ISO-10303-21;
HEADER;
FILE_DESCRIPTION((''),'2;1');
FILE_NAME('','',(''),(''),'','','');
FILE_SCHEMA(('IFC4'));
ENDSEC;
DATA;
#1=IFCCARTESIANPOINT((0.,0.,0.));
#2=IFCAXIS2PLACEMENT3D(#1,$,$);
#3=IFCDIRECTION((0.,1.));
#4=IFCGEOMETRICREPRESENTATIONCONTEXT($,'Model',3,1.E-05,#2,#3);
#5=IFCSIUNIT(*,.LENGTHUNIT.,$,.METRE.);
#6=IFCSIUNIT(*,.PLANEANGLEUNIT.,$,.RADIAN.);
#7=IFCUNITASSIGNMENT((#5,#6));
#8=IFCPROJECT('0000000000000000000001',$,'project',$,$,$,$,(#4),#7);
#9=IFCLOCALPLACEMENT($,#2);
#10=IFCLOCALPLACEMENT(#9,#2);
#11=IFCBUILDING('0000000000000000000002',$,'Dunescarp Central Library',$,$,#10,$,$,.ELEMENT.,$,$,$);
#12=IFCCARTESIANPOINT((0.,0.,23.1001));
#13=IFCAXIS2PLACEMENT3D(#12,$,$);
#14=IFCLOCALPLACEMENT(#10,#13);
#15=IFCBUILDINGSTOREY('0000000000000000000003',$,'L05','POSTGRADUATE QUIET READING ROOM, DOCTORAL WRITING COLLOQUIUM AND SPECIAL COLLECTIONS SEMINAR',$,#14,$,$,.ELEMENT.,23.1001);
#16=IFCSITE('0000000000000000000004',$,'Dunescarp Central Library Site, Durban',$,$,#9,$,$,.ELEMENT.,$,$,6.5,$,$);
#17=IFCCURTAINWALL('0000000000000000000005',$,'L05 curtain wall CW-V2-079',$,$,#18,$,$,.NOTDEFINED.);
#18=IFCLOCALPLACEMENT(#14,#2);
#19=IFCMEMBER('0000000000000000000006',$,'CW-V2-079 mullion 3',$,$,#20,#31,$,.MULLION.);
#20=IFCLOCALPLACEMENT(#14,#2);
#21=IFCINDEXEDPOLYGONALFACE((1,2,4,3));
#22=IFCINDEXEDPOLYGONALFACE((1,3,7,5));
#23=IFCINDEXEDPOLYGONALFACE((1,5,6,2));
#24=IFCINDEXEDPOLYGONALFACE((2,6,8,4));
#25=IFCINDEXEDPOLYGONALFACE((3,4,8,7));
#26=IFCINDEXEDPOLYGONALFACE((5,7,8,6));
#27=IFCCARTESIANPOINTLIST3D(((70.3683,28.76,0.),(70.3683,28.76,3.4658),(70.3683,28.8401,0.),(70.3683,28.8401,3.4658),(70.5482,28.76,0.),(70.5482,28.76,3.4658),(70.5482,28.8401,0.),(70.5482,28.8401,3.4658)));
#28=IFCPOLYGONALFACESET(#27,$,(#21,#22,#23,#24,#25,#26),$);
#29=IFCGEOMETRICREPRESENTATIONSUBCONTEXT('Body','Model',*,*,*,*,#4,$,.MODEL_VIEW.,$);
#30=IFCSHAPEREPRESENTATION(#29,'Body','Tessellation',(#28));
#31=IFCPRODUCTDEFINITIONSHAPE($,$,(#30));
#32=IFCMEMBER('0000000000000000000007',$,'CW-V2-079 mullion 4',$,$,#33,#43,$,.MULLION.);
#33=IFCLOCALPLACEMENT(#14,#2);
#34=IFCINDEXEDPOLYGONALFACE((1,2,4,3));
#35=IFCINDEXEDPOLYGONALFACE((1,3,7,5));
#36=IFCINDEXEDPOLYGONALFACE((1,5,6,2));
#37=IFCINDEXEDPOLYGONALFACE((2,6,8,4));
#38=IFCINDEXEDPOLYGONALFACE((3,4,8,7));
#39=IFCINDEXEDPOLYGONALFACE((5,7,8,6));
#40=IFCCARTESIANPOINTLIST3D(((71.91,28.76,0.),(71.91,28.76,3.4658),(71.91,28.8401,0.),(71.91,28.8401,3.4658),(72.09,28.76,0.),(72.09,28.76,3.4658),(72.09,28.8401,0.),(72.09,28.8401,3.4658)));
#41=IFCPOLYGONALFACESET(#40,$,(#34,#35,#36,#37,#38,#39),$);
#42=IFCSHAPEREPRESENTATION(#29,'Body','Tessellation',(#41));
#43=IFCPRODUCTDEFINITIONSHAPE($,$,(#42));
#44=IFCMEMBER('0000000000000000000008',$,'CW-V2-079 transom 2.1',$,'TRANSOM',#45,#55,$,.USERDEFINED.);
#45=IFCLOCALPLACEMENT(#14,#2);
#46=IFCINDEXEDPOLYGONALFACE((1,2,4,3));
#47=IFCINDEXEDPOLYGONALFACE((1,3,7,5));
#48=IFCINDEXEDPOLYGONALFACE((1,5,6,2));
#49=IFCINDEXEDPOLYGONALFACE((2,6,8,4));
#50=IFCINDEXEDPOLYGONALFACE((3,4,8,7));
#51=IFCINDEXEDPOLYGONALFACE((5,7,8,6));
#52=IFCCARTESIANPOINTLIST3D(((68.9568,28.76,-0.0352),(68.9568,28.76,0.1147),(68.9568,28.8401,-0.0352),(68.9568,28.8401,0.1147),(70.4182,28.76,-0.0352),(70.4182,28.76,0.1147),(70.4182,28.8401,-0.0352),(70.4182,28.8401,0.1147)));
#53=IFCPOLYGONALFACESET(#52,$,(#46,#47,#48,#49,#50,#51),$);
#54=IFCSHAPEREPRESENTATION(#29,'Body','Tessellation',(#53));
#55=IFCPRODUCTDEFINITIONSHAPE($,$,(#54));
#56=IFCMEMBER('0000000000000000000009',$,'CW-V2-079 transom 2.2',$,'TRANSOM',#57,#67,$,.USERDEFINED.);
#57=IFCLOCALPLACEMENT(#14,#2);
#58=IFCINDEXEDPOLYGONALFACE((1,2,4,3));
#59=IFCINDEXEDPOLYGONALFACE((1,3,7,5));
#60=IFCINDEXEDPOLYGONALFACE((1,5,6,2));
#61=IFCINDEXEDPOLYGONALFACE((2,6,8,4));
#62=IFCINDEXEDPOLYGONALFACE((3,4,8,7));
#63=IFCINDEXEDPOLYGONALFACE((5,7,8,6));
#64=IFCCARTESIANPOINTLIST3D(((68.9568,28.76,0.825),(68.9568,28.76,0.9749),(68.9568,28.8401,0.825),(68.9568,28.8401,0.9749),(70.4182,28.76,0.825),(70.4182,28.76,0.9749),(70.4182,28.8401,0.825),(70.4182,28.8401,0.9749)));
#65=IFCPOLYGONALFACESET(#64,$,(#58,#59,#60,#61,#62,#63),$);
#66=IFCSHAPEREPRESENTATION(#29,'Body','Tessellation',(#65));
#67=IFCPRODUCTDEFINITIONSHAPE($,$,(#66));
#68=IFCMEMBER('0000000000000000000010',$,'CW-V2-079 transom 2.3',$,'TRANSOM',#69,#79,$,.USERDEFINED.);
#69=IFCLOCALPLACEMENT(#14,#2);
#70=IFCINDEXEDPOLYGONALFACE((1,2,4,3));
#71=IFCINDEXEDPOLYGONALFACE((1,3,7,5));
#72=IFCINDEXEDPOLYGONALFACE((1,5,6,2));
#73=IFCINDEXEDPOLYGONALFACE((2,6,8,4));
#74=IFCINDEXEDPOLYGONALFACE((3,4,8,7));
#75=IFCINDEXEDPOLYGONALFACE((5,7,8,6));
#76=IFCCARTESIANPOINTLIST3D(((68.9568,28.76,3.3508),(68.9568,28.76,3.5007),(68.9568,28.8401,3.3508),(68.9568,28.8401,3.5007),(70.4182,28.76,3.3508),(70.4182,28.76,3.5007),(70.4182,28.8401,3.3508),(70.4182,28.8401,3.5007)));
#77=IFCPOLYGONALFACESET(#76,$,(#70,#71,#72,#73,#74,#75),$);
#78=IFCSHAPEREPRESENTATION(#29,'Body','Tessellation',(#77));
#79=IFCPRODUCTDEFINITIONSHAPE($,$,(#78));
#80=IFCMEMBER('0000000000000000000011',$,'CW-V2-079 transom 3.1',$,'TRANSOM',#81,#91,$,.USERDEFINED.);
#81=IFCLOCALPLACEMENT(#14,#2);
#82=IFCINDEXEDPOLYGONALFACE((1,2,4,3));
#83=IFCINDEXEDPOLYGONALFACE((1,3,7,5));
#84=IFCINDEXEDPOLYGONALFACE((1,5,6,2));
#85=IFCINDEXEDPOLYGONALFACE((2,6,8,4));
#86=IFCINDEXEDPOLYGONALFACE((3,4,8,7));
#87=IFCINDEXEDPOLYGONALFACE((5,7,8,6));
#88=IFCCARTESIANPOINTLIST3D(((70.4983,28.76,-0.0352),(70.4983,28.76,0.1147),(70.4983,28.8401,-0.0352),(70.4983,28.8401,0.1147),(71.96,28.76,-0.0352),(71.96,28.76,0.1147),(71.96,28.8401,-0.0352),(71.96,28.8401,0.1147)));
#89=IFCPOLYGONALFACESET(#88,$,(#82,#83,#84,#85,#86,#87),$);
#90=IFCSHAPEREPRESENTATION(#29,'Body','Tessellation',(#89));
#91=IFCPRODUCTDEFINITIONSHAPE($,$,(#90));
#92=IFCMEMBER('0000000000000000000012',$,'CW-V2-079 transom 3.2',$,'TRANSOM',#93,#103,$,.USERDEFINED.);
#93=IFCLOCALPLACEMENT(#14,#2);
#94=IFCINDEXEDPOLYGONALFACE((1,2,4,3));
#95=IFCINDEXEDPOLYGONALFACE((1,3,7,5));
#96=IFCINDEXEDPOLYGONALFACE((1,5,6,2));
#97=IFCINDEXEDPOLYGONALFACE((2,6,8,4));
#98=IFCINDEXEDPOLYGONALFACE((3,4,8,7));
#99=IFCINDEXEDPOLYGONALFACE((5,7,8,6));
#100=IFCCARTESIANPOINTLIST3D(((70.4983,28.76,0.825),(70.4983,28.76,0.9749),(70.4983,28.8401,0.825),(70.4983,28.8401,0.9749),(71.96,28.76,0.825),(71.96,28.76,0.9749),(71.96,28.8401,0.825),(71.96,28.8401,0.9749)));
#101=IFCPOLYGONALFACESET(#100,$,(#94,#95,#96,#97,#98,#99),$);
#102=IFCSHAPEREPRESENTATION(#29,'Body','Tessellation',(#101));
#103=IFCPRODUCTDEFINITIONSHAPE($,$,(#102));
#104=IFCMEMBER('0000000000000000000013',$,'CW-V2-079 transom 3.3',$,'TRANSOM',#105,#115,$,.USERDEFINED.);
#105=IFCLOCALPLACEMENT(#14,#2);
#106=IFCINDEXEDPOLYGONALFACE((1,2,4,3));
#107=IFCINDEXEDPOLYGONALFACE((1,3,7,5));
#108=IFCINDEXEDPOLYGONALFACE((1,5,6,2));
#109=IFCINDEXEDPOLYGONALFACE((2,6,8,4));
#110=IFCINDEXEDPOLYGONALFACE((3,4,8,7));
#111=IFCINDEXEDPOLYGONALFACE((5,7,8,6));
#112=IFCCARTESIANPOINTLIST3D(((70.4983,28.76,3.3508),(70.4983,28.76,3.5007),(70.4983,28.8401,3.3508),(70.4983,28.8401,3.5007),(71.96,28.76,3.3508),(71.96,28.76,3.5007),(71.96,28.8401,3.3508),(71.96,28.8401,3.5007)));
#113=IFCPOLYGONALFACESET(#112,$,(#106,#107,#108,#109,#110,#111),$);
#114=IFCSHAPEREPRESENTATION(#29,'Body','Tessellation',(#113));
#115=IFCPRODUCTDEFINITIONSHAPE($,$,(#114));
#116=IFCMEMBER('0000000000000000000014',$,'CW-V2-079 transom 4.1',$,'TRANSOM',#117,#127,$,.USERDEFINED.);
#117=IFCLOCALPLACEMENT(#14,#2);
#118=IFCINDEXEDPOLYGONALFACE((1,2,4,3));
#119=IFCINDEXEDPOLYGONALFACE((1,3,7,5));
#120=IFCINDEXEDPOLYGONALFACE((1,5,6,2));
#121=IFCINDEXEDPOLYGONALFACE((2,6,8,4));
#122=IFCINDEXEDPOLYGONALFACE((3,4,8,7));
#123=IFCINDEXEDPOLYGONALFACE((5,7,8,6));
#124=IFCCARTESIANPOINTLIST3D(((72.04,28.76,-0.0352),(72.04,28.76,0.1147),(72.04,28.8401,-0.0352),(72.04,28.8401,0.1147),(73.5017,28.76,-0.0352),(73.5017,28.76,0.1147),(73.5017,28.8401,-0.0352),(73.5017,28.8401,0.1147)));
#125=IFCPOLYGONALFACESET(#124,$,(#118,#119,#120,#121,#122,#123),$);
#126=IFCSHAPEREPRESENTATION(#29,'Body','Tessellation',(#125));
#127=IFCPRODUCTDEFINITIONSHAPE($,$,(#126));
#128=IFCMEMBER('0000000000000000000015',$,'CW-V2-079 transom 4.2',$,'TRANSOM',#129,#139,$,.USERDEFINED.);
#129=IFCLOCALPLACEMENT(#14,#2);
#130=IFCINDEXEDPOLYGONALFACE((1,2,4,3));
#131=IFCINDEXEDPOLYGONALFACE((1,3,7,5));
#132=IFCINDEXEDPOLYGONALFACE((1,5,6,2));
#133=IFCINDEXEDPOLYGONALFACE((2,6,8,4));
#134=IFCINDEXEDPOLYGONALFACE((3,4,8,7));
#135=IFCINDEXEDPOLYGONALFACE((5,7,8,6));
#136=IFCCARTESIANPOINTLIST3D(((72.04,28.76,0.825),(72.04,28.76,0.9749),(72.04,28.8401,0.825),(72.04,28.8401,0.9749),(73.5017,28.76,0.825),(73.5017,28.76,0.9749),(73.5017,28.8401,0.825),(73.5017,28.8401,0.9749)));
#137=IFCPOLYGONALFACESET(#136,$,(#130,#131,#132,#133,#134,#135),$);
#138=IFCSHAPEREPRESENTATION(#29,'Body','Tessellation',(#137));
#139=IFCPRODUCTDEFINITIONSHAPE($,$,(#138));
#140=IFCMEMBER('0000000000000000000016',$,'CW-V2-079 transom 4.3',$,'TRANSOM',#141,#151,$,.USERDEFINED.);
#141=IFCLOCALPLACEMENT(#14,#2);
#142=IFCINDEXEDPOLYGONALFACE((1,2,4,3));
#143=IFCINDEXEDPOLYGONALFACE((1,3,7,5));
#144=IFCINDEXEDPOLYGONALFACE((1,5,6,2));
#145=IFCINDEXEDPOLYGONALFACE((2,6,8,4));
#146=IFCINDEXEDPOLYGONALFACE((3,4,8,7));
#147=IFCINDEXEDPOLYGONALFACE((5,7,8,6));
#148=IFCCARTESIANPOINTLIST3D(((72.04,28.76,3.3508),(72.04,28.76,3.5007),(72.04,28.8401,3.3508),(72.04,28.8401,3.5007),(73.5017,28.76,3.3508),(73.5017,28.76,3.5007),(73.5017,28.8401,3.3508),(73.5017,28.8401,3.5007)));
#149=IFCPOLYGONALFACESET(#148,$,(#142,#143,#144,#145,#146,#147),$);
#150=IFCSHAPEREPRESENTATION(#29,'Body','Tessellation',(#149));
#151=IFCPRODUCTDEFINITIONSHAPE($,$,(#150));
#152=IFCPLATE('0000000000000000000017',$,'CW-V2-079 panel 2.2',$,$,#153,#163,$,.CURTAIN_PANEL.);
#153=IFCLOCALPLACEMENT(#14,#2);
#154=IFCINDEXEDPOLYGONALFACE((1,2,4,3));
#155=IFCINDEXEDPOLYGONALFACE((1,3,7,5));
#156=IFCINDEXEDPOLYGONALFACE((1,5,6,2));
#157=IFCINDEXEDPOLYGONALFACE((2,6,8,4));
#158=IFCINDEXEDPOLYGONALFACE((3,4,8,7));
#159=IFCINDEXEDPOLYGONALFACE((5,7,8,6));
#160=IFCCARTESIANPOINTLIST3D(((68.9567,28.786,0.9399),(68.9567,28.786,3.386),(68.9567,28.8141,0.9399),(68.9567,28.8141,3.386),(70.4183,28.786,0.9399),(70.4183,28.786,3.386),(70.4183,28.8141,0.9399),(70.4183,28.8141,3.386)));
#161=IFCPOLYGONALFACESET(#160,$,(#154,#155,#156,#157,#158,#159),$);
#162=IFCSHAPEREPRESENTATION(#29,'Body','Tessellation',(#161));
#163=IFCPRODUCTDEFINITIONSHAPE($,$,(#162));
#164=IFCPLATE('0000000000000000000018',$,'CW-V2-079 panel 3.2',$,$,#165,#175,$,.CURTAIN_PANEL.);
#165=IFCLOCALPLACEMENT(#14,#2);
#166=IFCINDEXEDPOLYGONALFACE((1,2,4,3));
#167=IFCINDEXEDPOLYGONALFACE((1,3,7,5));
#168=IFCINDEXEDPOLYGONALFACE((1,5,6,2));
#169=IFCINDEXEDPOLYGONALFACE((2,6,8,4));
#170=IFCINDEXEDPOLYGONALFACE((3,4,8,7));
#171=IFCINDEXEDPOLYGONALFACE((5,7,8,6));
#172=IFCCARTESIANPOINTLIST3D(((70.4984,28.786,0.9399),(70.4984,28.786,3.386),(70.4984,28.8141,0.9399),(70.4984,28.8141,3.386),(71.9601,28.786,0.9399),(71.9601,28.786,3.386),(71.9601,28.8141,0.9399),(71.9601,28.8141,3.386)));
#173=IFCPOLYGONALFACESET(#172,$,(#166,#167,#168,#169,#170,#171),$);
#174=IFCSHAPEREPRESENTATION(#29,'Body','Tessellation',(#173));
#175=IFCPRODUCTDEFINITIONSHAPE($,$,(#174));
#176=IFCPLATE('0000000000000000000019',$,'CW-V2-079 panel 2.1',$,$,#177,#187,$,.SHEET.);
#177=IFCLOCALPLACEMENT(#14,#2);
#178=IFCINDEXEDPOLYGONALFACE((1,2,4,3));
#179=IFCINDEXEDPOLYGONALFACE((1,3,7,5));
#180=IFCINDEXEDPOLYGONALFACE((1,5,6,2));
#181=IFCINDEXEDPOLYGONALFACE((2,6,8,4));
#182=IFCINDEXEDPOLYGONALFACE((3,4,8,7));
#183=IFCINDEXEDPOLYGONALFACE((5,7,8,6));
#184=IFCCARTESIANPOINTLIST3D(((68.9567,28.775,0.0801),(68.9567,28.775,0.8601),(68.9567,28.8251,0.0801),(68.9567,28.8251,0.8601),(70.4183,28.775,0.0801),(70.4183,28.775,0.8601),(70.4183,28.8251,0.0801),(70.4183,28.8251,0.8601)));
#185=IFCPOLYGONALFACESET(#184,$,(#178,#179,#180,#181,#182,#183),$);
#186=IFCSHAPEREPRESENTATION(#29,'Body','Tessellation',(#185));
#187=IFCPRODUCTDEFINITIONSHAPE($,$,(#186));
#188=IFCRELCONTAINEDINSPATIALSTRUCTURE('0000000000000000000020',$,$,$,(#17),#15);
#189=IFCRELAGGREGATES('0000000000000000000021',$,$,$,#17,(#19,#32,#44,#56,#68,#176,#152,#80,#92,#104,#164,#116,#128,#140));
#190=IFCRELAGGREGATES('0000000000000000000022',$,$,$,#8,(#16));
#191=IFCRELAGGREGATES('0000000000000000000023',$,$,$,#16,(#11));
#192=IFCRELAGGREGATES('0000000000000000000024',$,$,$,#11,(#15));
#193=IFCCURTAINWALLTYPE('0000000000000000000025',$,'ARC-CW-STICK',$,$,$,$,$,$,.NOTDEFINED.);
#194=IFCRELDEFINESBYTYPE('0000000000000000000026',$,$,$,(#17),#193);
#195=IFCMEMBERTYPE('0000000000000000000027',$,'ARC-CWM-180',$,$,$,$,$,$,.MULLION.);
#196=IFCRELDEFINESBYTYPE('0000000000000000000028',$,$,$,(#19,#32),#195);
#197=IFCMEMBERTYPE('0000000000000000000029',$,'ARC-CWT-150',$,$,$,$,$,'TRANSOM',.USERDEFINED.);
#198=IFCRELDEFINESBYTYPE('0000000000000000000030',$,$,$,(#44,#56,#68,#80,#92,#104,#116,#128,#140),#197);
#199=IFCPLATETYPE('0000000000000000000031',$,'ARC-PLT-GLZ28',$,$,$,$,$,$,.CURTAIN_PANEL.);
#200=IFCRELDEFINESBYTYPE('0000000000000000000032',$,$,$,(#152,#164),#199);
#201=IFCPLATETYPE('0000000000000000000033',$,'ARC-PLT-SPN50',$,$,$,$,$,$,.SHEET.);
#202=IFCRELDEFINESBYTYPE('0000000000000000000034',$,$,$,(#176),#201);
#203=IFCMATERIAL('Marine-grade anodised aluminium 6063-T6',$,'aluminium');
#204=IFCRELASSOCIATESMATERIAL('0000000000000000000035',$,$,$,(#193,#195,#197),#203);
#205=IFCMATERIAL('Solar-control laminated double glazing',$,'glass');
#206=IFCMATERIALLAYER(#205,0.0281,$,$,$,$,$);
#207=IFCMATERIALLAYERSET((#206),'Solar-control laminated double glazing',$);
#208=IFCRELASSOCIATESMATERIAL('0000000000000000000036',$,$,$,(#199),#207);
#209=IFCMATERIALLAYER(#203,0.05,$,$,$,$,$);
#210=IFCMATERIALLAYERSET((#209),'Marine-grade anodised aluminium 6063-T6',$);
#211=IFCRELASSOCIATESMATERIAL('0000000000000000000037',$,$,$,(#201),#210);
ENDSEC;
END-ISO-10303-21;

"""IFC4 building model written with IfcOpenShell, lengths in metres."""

from ifc_helpers import new_model, si_unit, direction, frame, origin, origin_2d, place, context, subcontext, project, spatial, rectangle, extrude, material, layer, layer_set, material_profile, profile_set, type_object, element, aggregate, save


model = new_model("IFC4")

# Units and contexts
model_context = context("Model", 3, precision=1e-05, world=origin(), true_north=direction((0.0, 1.0)))
body_context = subcontext(model_context, "Body", "Model", "MODEL_VIEW")
ifc_project = project(units=[si_unit("LENGTHUNIT", "METRE"), si_unit("PLANEANGLEUNIT", "RADIAN")], contexts=[model_context])

# Site, building, storey
site_placement = place(None, origin())
site = spatial("IfcSite", under=ifc_project, at=site_placement, Name="Dunescarp Central Library Site, Durban", CompositionType="ELEMENT", RefElevation=6.5)
building_placement = place(site_placement, origin())
building = spatial("IfcBuilding", under=site, at=building_placement, Name="Dunescarp Central Library", CompositionType="ELEMENT")
storey_placement = place(building_placement, frame((0.0, 0.0, 23.1001)))
storey = spatial("IfcBuildingStorey", under=building, at=storey_placement, Name="L05", Description="POSTGRADUATE QUIET READING ROOM, DOCTORAL WRITING COLLOQUIUM AND SPECIAL COLLECTIONS SEMINAR", CompositionType="ELEMENT", Elevation=23.1001)

# Curtain wall, members, plates
ifc_material_1 = material(Name="Marine-grade anodised aluminium 6063-T6", Category="aluminium")
curtain_wall_type = type_object("IfcCurtainWallType", Name="ARC-CW-STICK", PredefinedType="NOTDEFINED", material=ifc_material_1)
curtain_wall_placement = place(storey_placement, origin())
curtain_wall = element("IfcCurtainWall", 1, at=curtain_wall_placement, inside=storey, type_object=curtain_wall_type, Name="L05 curtain wall CW-V2-079", PredefinedType="NOTDEFINED")
ifc_material_profile_1 = material_profile(ifc_material_1, rectangle(XDim=0.0801, YDim=0.1799, at=origin_2d()), Name="AL 80x180")
ifc_profile_set_1 = profile_set([ifc_material_profile_1], Name="Marine-grade anodised aluminium 6063-T6")
member_type_1 = type_object("IfcMemberType", Name="ARC-CWM-180", PredefinedType="MULLION", material=ifc_profile_set_1)
member_1_placement = place(storey_placement, frame((70.4583, 28.8, 0.0), z_axis=(0.0, 0.0, 1.0), x_axis=(0.0, 1.0, 0.0)))
member_1 = element("IfcMember", 2, at=member_1_placement, type_object=member_type_1, Name="CW-V2-079 mullion 3", PredefinedType="MULLION", context=body_context, shape_type="SweptSolid", body=[
    extrude(rectangle(XDim=0.0801, YDim=0.1799, at=origin_2d()), origin(), (0.0, 0.0, 1.0), 3.4658),
])
member_2_placement = place(storey_placement, frame((72.0, 28.8, 0.0), z_axis=(0.0, 0.0, 1.0), x_axis=(0.0, 1.0, 0.0)))
member_2 = element("IfcMember", 3, at=member_2_placement, type_object=member_type_1, Name="CW-V2-079 mullion 4", PredefinedType="MULLION", context=body_context, shape_type="SweptSolid", body=[
    extrude(rectangle(XDim=0.0801, YDim=0.1799, at=origin_2d()), origin(), (0.0, 0.0, 1.0), 3.4658),
])
ifc_material_profile_2 = material_profile(ifc_material_1, rectangle(XDim=0.0801, YDim=0.1499, at=origin_2d()), Name="AL 80x150")
ifc_profile_set_2 = profile_set([ifc_material_profile_2], Name="Marine-grade anodised aluminium 6063-T6")
member_type_2 = type_object("IfcMemberType", Name="ARC-CWT-150", ElementType="TRANSOM", PredefinedType="USERDEFINED", material=ifc_profile_set_2)
member_3_placement = place(storey_placement, frame((68.9568, 28.8, 0.0398), z_axis=(1.0, 0.0, 0.0), x_axis=(0.0, 1.0, 0.0)))
member_3 = element("IfcMember", 4, at=member_3_placement, type_object=member_type_2, Name="CW-V2-079 transom 2.1", ObjectType="TRANSOM", PredefinedType="USERDEFINED", context=body_context, shape_type="SweptSolid", body=[
    extrude(rectangle(XDim=0.0801, YDim=0.1499, at=origin_2d()), origin(), (0.0, 0.0, 1.0), 1.4614),
])
member_4_placement = place(storey_placement, frame((68.9568, 28.8, 0.8999), z_axis=(1.0, 0.0, 0.0), x_axis=(0.0, 1.0, 0.0)))
member_4 = element("IfcMember", 5, at=member_4_placement, type_object=member_type_2, Name="CW-V2-079 transom 2.2", ObjectType="TRANSOM", PredefinedType="USERDEFINED", context=body_context, shape_type="SweptSolid", body=[
    extrude(rectangle(XDim=0.0801, YDim=0.1499, at=origin_2d()), origin(), (0.0, 0.0, 1.0), 1.4614),
])
member_5_placement = place(storey_placement, frame((68.9568, 28.8, 3.4258), z_axis=(1.0, 0.0, 0.0), x_axis=(0.0, 1.0, 0.0)))
member_5 = element("IfcMember", 6, at=member_5_placement, type_object=member_type_2, Name="CW-V2-079 transom 2.3", ObjectType="TRANSOM", PredefinedType="USERDEFINED", context=body_context, shape_type="SweptSolid", body=[
    extrude(rectangle(XDim=0.0801, YDim=0.1499, at=origin_2d()), origin(), (0.0, 0.0, 1.0), 1.4614),
])
member_6_placement = place(storey_placement, frame((70.4983, 28.8, 0.0398), z_axis=(1.0, 0.0, 0.0), x_axis=(0.0, 1.0, 0.0)))
member_6 = element("IfcMember", 7, at=member_6_placement, type_object=member_type_2, Name="CW-V2-079 transom 3.1", ObjectType="TRANSOM", PredefinedType="USERDEFINED", context=body_context, shape_type="SweptSolid", body=[
    extrude(rectangle(XDim=0.0801, YDim=0.1499, at=origin_2d()), origin(), (0.0, 0.0, 1.0), 1.4617),
])
member_7_placement = place(storey_placement, frame((70.4983, 28.8, 0.8999), z_axis=(1.0, 0.0, 0.0), x_axis=(0.0, 1.0, 0.0)))
member_7 = element("IfcMember", 8, at=member_7_placement, type_object=member_type_2, Name="CW-V2-079 transom 3.2", ObjectType="TRANSOM", PredefinedType="USERDEFINED", context=body_context, shape_type="SweptSolid", body=[
    extrude(rectangle(XDim=0.0801, YDim=0.1499, at=origin_2d()), origin(), (0.0, 0.0, 1.0), 1.4617),
])
member_8_placement = place(storey_placement, frame((70.4983, 28.8, 3.4258), z_axis=(1.0, 0.0, 0.0), x_axis=(0.0, 1.0, 0.0)))
member_8 = element("IfcMember", 9, at=member_8_placement, type_object=member_type_2, Name="CW-V2-079 transom 3.3", ObjectType="TRANSOM", PredefinedType="USERDEFINED", context=body_context, shape_type="SweptSolid", body=[
    extrude(rectangle(XDim=0.0801, YDim=0.1499, at=origin_2d()), origin(), (0.0, 0.0, 1.0), 1.4617),
])
member_9_placement = place(storey_placement, frame((72.04, 28.8, 0.0398), z_axis=(1.0, 0.0, 0.0), x_axis=(0.0, 1.0, 0.0)))
member_9 = element("IfcMember", 10, at=member_9_placement, type_object=member_type_2, Name="CW-V2-079 transom 4.1", ObjectType="TRANSOM", PredefinedType="USERDEFINED", context=body_context, shape_type="SweptSolid", body=[
    extrude(rectangle(XDim=0.0801, YDim=0.1499, at=origin_2d()), origin(), (0.0, 0.0, 1.0), 1.4617),
])
member_10_placement = place(storey_placement, frame((72.04, 28.8, 0.8999), z_axis=(1.0, 0.0, 0.0), x_axis=(0.0, 1.0, 0.0)))
member_10 = element("IfcMember", 11, at=member_10_placement, type_object=member_type_2, Name="CW-V2-079 transom 4.2", ObjectType="TRANSOM", PredefinedType="USERDEFINED", context=body_context, shape_type="SweptSolid", body=[
    extrude(rectangle(XDim=0.0801, YDim=0.1499, at=origin_2d()), origin(), (0.0, 0.0, 1.0), 1.4617),
])
member_11_placement = place(storey_placement, frame((72.04, 28.8, 3.4258), z_axis=(1.0, 0.0, 0.0), x_axis=(0.0, 1.0, 0.0)))
member_11 = element("IfcMember", 12, at=member_11_placement, type_object=member_type_2, Name="CW-V2-079 transom 4.3", ObjectType="TRANSOM", PredefinedType="USERDEFINED", context=body_context, shape_type="SweptSolid", body=[
    extrude(rectangle(XDim=0.0801, YDim=0.1499, at=origin_2d()), origin(), (0.0, 0.0, 1.0), 1.4617),
])
ifc_material_2 = material(Name="Solar-control laminated double glazing", Category="glass")
ifc_layer_1 = layer(ifc_material_2, 0.0281)
ifc_layer_set_1 = layer_set([ifc_layer_1], Name="Solar-control laminated double glazing")
plate_type_1 = type_object("IfcPlateType", Name="ARC-PLT-GLZ28", PredefinedType="CURTAIN_PANEL", material=ifc_layer_set_1)
plate_1_placement = place(storey_placement, frame((69.6875, 28.8, 0.9399), z_axis=(0.0, 0.0, 1.0), x_axis=(1.0, 0.0, 0.0)))
plate_1 = element("IfcPlate", 13, at=plate_1_placement, type_object=plate_type_1, Name="CW-V2-079 panel 2.2", PredefinedType="CURTAIN_PANEL", context=body_context, shape_type="SweptSolid", body=[
    extrude(rectangle(XDim=1.4617, YDim=0.0281, at=origin_2d()), origin(), (0.0, 0.0, 1.0), 2.446),
])
plate_2_placement = place(storey_placement, frame((71.2292, 28.8, 0.9399), z_axis=(0.0, 0.0, 1.0), x_axis=(1.0, 0.0, 0.0)))
plate_2 = element("IfcPlate", 14, at=plate_2_placement, type_object=plate_type_1, Name="CW-V2-079 panel 3.2", PredefinedType="CURTAIN_PANEL", context=body_context, shape_type="SweptSolid", body=[
    extrude(rectangle(XDim=1.4617, YDim=0.0281, at=origin_2d()), origin(), (0.0, 0.0, 1.0), 2.446),
])
ifc_layer_2 = layer(ifc_material_1, 0.05)
ifc_layer_set_2 = layer_set([ifc_layer_2], Name="Marine-grade anodised aluminium 6063-T6")
plate_type_2 = type_object("IfcPlateType", Name="ARC-PLT-SPN50", PredefinedType="SHEET", material=ifc_layer_set_2)
plate_3_placement = place(storey_placement, frame((69.6875, 28.8, 0.0801), z_axis=(0.0, 0.0, 1.0), x_axis=(1.0, 0.0, 0.0)))
plate_3 = element("IfcPlate", 15, at=plate_3_placement, type_object=plate_type_2, Name="CW-V2-079 panel 2.1", PredefinedType="SHEET", context=body_context, shape_type="SweptSolid", body=[
    extrude(rectangle(XDim=1.4617, YDim=0.05, at=origin_2d()), origin(), (0.0, 0.0, 1.0), 0.78),
])
aggregate(curtain_wall, [member_1, member_2, member_3, member_4, member_5, plate_3, plate_1, member_6, member_7, member_8, plate_2, member_9, member_10, member_11])

save(model, "model.ifc")
